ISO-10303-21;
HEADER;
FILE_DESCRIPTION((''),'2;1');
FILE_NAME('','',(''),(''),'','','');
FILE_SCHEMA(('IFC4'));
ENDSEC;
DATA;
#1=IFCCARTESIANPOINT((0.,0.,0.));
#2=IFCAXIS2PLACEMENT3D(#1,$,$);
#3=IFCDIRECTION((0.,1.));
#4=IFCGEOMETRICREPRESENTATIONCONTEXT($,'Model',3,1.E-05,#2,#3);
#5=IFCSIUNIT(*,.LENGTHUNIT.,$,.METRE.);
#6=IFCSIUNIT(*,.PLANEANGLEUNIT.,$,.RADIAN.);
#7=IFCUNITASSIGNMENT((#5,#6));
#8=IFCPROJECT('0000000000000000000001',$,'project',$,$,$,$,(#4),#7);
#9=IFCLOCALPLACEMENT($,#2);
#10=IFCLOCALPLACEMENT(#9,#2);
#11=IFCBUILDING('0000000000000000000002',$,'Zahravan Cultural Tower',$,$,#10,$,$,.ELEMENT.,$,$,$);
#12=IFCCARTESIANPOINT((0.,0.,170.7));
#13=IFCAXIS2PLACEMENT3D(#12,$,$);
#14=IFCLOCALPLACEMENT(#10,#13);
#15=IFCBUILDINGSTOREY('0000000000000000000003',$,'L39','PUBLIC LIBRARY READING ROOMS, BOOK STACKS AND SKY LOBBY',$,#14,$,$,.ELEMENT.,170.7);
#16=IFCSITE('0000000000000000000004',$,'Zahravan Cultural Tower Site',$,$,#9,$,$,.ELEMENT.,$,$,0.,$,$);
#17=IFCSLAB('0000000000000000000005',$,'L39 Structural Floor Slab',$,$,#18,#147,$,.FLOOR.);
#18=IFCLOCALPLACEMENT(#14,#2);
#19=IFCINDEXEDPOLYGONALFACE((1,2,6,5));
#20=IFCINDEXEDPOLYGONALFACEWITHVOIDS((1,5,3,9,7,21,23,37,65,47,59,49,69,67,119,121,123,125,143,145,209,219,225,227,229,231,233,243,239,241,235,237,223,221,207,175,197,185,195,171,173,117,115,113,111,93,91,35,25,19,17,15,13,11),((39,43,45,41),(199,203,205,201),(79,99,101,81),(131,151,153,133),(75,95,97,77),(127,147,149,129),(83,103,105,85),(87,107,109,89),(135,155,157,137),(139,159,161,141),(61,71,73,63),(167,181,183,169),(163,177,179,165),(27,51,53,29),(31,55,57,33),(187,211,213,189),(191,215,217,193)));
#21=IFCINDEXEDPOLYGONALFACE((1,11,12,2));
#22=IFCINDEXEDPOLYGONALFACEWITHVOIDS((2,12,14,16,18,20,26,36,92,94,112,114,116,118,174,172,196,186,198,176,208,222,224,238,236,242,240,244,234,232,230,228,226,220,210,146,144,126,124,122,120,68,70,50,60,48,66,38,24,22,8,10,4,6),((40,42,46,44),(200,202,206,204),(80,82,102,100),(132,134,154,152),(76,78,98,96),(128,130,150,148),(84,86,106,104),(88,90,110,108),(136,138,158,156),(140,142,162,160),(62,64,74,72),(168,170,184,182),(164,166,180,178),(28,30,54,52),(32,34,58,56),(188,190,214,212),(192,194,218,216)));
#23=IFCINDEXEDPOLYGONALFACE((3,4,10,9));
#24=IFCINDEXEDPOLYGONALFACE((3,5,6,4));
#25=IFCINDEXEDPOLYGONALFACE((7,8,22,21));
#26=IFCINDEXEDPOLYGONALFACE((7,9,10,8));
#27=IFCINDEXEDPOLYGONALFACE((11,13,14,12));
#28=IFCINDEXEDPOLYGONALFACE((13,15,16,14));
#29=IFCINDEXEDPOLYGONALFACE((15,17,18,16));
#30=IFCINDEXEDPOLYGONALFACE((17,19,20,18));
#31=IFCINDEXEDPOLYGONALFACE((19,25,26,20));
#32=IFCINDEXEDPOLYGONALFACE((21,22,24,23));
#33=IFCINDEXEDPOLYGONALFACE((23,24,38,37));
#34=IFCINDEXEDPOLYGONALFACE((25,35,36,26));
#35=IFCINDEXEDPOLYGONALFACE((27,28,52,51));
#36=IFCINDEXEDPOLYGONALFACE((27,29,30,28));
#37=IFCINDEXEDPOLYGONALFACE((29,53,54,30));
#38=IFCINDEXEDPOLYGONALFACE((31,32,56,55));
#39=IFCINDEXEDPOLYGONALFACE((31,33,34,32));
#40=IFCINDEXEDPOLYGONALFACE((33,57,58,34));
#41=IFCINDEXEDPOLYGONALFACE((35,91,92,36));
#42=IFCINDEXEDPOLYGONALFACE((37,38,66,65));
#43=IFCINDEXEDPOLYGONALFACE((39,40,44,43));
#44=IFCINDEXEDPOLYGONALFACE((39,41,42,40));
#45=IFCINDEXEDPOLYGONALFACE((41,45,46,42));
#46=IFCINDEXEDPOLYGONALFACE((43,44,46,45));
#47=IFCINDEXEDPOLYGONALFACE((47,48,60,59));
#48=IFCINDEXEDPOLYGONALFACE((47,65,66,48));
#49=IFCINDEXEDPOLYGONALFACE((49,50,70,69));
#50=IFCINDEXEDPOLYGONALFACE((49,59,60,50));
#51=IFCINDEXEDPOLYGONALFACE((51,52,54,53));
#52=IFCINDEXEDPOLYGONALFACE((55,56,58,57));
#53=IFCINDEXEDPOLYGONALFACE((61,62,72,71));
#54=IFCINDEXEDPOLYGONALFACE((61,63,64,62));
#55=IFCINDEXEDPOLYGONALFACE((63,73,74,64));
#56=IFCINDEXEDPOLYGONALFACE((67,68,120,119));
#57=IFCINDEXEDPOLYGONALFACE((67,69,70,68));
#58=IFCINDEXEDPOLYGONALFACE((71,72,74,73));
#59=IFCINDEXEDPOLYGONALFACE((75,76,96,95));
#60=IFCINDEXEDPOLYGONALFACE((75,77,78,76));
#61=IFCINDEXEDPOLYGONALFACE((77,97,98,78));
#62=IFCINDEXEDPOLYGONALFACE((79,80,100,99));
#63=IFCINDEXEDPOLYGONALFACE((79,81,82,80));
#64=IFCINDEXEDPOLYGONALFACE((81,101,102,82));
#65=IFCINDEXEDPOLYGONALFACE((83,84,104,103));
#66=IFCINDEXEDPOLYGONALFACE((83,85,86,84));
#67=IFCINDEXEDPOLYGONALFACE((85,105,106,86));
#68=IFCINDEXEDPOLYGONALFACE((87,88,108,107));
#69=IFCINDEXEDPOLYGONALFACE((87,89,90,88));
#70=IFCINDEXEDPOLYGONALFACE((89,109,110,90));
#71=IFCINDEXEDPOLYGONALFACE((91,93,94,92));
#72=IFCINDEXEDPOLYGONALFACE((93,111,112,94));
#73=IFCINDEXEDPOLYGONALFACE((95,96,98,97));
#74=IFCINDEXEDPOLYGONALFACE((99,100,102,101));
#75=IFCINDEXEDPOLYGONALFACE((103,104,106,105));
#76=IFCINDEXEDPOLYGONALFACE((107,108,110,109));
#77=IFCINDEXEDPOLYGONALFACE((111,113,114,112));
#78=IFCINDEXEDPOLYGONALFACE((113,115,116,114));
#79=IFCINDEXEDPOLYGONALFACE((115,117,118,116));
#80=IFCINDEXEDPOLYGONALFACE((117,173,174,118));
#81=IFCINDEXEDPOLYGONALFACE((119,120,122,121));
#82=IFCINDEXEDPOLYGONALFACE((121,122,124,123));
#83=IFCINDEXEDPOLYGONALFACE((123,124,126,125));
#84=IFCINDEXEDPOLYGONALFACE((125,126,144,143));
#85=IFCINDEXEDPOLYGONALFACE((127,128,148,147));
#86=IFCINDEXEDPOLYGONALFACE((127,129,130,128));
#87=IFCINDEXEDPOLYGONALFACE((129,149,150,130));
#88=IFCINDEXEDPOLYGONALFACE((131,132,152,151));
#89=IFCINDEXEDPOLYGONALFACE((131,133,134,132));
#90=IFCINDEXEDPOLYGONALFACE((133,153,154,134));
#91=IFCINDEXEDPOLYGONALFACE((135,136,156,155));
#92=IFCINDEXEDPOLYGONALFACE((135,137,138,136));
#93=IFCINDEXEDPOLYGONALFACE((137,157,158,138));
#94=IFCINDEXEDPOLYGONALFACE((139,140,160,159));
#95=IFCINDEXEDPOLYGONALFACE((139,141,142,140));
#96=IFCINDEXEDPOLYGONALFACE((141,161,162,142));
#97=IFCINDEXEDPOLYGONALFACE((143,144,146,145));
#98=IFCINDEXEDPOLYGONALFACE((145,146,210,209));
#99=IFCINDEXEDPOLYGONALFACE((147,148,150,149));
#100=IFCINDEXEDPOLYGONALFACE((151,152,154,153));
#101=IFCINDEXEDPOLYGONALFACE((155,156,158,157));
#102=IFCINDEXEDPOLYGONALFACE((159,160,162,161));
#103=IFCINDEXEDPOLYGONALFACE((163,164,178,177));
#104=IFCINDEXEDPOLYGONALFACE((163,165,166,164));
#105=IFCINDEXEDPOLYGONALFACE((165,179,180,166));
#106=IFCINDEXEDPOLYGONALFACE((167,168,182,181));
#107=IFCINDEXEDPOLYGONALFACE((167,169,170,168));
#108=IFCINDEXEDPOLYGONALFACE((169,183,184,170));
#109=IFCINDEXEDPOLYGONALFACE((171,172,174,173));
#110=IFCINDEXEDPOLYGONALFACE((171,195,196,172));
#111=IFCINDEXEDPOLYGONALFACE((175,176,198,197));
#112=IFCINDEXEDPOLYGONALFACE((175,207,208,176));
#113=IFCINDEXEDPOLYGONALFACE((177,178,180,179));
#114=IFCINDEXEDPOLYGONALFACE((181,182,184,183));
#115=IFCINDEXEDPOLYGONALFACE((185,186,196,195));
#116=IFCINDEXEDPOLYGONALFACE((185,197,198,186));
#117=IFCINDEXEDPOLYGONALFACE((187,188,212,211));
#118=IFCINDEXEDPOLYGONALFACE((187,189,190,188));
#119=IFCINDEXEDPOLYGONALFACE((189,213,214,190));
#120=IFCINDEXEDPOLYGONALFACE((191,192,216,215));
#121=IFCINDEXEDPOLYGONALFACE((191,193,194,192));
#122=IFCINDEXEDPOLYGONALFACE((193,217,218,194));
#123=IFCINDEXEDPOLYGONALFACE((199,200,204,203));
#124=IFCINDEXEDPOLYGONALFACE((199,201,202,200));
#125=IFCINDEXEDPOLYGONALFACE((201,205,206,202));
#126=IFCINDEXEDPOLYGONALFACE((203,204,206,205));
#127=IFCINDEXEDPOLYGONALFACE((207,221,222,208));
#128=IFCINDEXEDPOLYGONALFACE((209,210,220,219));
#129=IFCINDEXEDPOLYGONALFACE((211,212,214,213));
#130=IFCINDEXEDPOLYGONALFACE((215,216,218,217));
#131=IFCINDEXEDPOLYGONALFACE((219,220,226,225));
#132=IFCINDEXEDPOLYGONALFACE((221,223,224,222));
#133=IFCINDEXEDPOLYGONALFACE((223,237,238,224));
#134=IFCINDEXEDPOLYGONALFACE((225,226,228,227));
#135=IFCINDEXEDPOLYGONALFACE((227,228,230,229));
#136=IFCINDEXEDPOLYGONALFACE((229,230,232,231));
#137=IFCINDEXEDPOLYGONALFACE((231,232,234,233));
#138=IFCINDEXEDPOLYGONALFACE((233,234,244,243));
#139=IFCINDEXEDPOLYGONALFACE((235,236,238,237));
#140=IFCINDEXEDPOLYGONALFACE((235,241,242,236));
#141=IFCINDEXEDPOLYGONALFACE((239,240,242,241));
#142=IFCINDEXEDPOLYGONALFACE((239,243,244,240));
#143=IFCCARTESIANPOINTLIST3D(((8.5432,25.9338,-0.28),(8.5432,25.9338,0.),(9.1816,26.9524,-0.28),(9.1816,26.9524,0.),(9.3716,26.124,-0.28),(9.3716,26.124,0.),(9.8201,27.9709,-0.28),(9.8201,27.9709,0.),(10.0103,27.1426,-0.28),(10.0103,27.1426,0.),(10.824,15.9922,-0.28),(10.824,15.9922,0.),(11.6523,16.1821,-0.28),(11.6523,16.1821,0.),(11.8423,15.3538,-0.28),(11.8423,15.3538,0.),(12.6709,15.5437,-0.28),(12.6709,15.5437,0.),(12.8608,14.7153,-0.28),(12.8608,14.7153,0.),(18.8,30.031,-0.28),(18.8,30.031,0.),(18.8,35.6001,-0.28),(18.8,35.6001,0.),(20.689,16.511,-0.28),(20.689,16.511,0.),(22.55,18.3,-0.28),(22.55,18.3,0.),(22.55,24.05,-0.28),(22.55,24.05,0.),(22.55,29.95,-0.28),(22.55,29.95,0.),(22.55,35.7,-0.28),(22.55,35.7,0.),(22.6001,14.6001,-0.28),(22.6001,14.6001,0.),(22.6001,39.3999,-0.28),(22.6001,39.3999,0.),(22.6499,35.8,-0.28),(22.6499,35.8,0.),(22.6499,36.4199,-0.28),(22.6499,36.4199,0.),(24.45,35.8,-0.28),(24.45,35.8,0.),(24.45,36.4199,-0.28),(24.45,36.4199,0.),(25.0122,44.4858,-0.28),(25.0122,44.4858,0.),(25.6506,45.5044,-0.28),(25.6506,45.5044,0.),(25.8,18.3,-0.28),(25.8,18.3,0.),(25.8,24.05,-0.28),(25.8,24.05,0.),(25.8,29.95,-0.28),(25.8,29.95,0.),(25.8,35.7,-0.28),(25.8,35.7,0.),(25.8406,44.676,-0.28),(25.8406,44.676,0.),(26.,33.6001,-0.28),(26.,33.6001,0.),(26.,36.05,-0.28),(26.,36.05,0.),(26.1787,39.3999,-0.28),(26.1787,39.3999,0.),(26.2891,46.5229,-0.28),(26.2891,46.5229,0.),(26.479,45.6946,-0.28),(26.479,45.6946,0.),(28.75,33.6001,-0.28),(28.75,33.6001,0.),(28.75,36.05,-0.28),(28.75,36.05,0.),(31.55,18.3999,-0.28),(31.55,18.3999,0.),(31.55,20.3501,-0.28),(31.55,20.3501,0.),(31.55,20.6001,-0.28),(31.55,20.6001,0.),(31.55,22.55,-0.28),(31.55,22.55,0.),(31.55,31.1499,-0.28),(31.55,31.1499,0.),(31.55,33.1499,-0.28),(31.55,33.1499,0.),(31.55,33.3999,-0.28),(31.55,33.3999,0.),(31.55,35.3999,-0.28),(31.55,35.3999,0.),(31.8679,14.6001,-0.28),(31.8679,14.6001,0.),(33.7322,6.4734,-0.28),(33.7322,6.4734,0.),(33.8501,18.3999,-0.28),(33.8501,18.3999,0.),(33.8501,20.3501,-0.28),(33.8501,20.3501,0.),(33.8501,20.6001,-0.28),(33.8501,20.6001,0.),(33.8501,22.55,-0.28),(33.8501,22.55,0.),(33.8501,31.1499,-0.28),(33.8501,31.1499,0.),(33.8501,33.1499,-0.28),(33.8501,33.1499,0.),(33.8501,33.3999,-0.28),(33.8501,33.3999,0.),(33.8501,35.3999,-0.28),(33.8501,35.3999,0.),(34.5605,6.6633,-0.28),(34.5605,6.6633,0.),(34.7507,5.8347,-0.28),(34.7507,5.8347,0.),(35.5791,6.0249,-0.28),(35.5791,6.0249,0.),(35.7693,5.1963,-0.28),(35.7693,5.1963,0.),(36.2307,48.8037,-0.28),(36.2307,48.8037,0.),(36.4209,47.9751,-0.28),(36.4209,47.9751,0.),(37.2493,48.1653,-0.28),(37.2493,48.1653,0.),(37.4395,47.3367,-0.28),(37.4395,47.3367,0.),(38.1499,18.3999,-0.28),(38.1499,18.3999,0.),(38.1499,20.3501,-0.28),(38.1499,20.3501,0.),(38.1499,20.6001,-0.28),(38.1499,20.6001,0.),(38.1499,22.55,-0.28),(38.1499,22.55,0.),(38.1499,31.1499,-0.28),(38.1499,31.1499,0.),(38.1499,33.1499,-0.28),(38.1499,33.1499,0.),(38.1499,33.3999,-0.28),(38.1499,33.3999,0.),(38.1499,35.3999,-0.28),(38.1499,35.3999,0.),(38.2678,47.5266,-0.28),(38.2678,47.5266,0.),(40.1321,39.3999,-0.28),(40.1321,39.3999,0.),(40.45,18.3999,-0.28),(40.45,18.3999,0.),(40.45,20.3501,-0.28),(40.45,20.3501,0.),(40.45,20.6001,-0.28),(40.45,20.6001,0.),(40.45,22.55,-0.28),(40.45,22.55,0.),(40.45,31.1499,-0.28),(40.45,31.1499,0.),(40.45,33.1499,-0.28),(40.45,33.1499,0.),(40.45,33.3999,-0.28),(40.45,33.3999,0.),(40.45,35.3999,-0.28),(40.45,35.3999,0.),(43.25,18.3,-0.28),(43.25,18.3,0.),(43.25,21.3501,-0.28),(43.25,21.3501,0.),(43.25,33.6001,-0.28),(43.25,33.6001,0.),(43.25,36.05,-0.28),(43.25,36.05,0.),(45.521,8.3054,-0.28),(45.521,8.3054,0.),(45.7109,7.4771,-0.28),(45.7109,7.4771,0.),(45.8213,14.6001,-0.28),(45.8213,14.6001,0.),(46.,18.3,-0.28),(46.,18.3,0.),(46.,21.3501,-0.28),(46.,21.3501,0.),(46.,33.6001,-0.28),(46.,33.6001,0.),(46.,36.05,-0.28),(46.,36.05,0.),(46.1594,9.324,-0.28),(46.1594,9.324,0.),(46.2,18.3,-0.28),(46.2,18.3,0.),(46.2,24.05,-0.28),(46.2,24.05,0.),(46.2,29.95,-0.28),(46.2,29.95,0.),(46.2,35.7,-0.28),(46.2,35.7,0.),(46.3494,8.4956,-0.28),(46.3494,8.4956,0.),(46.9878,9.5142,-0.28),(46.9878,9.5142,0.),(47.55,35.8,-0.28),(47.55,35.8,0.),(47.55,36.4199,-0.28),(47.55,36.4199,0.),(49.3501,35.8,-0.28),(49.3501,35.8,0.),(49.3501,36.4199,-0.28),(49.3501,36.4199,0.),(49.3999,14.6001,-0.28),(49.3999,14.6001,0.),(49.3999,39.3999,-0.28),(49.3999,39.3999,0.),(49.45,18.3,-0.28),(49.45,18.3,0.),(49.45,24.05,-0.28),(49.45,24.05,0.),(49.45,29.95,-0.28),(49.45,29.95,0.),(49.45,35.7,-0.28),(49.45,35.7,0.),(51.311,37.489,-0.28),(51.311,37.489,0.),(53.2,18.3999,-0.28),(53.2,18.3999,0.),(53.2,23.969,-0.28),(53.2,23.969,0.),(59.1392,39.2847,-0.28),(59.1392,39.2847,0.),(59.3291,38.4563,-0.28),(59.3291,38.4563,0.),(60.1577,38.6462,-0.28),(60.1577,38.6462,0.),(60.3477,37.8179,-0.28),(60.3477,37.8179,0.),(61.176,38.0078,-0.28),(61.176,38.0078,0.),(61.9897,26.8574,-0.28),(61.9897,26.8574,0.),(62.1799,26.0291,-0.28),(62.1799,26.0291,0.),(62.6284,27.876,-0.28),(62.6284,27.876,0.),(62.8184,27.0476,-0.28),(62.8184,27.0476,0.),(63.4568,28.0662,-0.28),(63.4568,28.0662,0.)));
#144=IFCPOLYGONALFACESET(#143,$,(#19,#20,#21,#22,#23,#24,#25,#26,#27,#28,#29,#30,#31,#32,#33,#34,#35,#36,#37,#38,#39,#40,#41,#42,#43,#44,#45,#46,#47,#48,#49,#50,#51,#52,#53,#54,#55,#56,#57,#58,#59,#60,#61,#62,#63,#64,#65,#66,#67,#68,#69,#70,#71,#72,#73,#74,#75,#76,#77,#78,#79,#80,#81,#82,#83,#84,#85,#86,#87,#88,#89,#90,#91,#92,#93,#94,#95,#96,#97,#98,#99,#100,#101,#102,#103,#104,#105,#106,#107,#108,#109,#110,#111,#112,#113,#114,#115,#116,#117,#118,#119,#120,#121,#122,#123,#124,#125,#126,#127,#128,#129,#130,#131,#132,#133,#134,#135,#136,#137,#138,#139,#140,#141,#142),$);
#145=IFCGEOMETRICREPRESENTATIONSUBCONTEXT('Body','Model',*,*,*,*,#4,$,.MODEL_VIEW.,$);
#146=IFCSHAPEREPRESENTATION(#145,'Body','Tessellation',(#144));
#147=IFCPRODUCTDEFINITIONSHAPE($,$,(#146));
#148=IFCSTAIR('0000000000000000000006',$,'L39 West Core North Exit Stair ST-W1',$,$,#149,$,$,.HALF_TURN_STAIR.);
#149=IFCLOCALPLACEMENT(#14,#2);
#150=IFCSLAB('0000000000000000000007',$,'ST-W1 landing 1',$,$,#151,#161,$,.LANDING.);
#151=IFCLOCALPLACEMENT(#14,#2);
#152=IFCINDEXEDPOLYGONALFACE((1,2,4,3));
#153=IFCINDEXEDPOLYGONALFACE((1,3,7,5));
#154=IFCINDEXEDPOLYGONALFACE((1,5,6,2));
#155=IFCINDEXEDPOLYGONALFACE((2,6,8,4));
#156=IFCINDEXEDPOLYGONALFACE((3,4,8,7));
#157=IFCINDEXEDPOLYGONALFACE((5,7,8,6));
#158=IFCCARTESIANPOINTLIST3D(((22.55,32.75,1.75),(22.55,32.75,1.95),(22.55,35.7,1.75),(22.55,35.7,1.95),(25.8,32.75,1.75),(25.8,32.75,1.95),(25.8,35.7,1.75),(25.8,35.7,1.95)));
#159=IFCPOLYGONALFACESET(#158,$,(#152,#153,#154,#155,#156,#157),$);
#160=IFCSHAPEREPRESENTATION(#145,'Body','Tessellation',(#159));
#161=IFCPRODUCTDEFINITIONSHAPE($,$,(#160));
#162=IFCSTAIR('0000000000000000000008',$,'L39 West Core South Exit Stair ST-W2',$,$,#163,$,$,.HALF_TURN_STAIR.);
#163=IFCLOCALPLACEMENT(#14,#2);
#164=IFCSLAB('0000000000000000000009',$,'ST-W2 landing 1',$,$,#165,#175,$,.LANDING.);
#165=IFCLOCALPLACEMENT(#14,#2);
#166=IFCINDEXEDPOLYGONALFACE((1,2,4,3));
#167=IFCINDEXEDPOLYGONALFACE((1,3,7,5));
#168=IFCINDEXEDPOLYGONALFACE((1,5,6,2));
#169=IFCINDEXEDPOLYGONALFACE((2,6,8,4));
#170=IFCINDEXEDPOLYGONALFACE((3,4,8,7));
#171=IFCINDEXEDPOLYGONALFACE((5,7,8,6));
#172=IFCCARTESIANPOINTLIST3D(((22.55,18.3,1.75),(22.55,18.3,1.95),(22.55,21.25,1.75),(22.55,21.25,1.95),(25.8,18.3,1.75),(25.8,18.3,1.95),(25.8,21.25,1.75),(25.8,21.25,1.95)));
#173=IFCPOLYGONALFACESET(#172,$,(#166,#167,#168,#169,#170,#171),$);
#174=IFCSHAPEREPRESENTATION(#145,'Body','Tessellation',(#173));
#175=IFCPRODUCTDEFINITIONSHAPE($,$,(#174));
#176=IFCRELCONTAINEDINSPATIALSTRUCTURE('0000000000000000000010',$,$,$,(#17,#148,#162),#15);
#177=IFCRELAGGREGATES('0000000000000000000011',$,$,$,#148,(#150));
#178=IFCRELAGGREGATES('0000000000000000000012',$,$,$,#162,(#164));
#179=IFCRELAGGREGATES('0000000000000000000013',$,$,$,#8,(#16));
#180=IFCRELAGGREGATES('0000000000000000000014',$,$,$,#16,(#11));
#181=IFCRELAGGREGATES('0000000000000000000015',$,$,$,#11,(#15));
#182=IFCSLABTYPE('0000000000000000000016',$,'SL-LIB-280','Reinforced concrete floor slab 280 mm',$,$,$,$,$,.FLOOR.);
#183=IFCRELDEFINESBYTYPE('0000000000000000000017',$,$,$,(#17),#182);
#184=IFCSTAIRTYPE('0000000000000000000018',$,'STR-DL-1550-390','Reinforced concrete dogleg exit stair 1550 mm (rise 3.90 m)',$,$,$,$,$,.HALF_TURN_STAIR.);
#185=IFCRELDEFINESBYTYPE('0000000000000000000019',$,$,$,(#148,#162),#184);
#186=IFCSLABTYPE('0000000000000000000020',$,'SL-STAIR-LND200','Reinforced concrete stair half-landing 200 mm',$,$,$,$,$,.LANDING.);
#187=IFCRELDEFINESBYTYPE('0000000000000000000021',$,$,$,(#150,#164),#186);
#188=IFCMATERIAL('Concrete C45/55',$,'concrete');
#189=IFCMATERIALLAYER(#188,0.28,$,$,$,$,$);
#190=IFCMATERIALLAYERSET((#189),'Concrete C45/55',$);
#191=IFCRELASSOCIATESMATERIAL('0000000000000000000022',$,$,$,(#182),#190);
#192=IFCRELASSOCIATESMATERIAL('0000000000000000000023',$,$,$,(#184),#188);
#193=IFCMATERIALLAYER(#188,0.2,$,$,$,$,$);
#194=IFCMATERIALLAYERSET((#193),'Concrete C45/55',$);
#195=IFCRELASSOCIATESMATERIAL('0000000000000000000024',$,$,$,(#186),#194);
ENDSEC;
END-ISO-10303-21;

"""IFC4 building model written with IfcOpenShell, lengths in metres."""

from ifc_helpers import new_model, si_unit, direction, frame, origin, place, context, subcontext, project, spatial, polyline, outline, extrude, material, layer, layer_set, type_object, element, aggregate, save


model = new_model("IFC4")

# Units and contexts
model_context = context("Model", 3, precision=1e-05, world=origin(), true_north=direction((0.0, 1.0)))
body_context = subcontext(model_context, "Body", "Model", "MODEL_VIEW")
ifc_project = project(units=[si_unit("LENGTHUNIT", "METRE"), si_unit("PLANEANGLEUNIT", "RADIAN")], contexts=[model_context])

# Site, building, storey
site_placement = place(None, origin())
site = spatial("IfcSite", under=ifc_project, at=site_placement, Name="Zahravan Cultural Tower Site", CompositionType="ELEMENT", RefElevation=0.0)
building_placement = place(site_placement, origin())
building = spatial("IfcBuilding", under=site, at=building_placement, Name="Zahravan Cultural Tower", CompositionType="ELEMENT")
storey_placement = place(building_placement, frame((0.0, 0.0, 170.7)))
storey = spatial("IfcBuildingStorey", under=building, at=storey_placement, Name="L39", Description="PUBLIC LIBRARY READING ROOMS, BOOK STACKS AND SKY LOBBY", CompositionType="ELEMENT", Elevation=170.7)

# Slab
ifc_material_1 = material(Name="Concrete C45/55", Category="concrete")
ifc_layer_1 = layer(ifc_material_1, 0.28)
ifc_layer_set_1 = layer_set([ifc_layer_1], Name="Concrete C45/55")
slab_type_1 = type_object("IfcSlabType", Name="SL-LIB-280", Description="Reinforced concrete floor slab 280 mm", PredefinedType="FLOOR", material=ifc_layer_set_1)
slab_1_placement = place(storey_placement, frame((0.0, 0.0, -0.28)))
element("IfcSlab", 1, at=slab_1_placement, inside=storey, type_object=slab_type_1, Name="L39 Structural Floor Slab", PredefinedType="FLOOR", context=body_context, shape_type="SweptSolid", body=[
    extrude(outline(polyline([(51.311, 37.489), (49.3999, 39.3999), (40.1321, 39.3999), (38.2678, 47.5266), (37.4395, 47.3367), (37.2493, 48.1653), (36.4209, 47.9751), (36.2307, 48.8037), (26.2891, 46.5229), (26.479, 45.6946), (25.6506, 45.5044), (25.8406, 44.676), (25.0122, 44.4858), (26.1787, 39.3999), (22.6001, 39.3999), (18.8, 35.6001), (18.8, 30.031), (9.8201, 27.9709), (10.0103, 27.1426), (9.1816, 26.9524), (9.3716, 26.124), (8.5432, 25.9338), (10.824, 15.9922), (11.6523, 16.1821), (11.8423, 15.3538), (12.6709, 15.5437), (12.8608, 14.7153), (20.689, 16.511), (22.6001, 14.6001), (31.8679, 14.6001), (33.7322, 6.4734), (34.5605, 6.6633), (34.7507, 5.8347), (35.5791, 6.0249), (35.7693, 5.1963), (45.7109, 7.4771), (45.521, 8.3054), (46.3494, 8.4956), (46.1594, 9.324), (46.9878, 9.5142), (45.8213, 14.6001), (49.3999, 14.6001), (53.2, 18.3999), (53.2, 23.969), (62.1799, 26.0291), (61.9897, 26.8574), (62.8184, 27.0476), (62.6284, 27.876), (63.4568, 28.0662), (61.176, 38.0078), (60.3477, 37.8179), (60.1577, 38.6462), (59.3291, 38.4563), (59.1392, 39.2847), (51.311, 37.489)]), holes=[polyline([(22.55, 29.95), (22.55, 35.7), (25.8, 35.7), (25.8, 29.95), (22.55, 29.95)]), polyline([(22.55, 18.3), (22.55, 24.05), (25.8, 24.05), (25.8, 18.3), (22.55, 18.3)]), polyline([(46.2, 29.95), (46.2, 35.7), (49.45, 35.7), (49.45, 29.95), (46.2, 29.95)]), polyline([(46.2, 18.3), (46.2, 24.05), (49.45, 24.05), (49.45, 18.3), (46.2, 18.3)]), polyline([(26.0, 33.6001), (26.0, 36.05), (28.75, 36.05), (28.75, 33.6001), (26.0, 33.6001)]), polyline([(43.25, 33.6001), (43.25, 36.05), (46.0, 36.05), (46.0, 33.6001), (43.25, 33.6001)]), polyline([(43.25, 18.3), (43.25, 21.3501), (46.0, 21.3501), (46.0, 18.3), (43.25, 18.3)]), polyline([(31.55, 33.3999), (31.55, 35.3999), (33.8501, 35.3999), (33.8501, 33.3999), (31.55, 33.3999)]), polyline([(31.55, 31.1499), (31.55, 33.1499), (33.8501, 33.1499), (33.8501, 31.1499), (31.55, 31.1499)]), polyline([(38.1499, 33.3999), (38.1499, 35.3999), (40.45, 35.3999), (40.45, 33.3999), (38.1499, 33.3999)]), polyline([(38.1499, 31.1499), (38.1499, 33.1499), (40.45, 33.1499), (40.45, 31.1499), (38.1499, 31.1499)]), polyline([(31.55, 20.6001), (31.55, 22.55), (33.8501, 22.55), (33.8501, 20.6001), (31.55, 20.6001)]), polyline([(31.55, 18.3999), (31.55, 20.3501), (33.8501, 20.3501), (33.8501, 18.3999), (31.55, 18.3999)]), polyline([(38.1499, 20.6001), (38.1499, 22.55), (40.45, 22.55), (40.45, 20.6001), (38.1499, 20.6001)]), polyline([(38.1499, 18.3999), (38.1499, 20.3501), (40.45, 20.3501), (40.45, 18.3999), (38.1499, 18.3999)]), polyline([(22.6499, 35.8), (22.6499, 36.4199), (24.45, 36.4199), (24.45, 35.8), (22.6499, 35.8)]), polyline([(47.55, 35.8), (47.55, 36.4199), (49.3501, 36.4199), (49.3501, 35.8), (47.55, 35.8)])]), origin(), (0.0, 0.0, 1.0), 0.28),
])

# Stairs, slabs
stair_type = type_object("IfcStairType", Name="STR-DL-1550-390", Description="Reinforced concrete dogleg exit stair 1550 mm (rise 3.90 m)", PredefinedType="HALF_TURN_STAIR", material=ifc_material_1)
stair_1_placement = place(storey_placement, origin())
stair_1 = element("IfcStair", 2, at=stair_1_placement, inside=storey, type_object=stair_type, Name="L39 West Core North Exit Stair ST-W1", PredefinedType="HALF_TURN_STAIR")
ifc_layer_2 = layer(ifc_material_1, 0.2)
ifc_layer_set_2 = layer_set([ifc_layer_2], Name="Concrete C45/55")
slab_type_2 = type_object("IfcSlabType", Name="SL-STAIR-LND200", Description="Reinforced concrete stair half-landing 200 mm", PredefinedType="LANDING", material=ifc_layer_set_2)
slab_2_placement = place(storey_placement, frame((0.0, 0.0, 1.75)))
slab_2 = element("IfcSlab", 3, at=slab_2_placement, type_object=slab_type_2, Name="ST-W1 landing 1", PredefinedType="LANDING", context=body_context, shape_type="SweptSolid", body=[
    extrude(outline(polyline([(25.8, 32.75), (25.8, 35.7), (22.55, 35.7), (22.55, 32.75), (25.8, 32.75)])), origin(), (0.0, 0.0, 1.0), 0.2),
])
aggregate(stair_1, [slab_2])
stair_2_placement = place(storey_placement, origin())
stair_2 = element("IfcStair", 4, at=stair_2_placement, inside=storey, type_object=stair_type, Name="L39 West Core South Exit Stair ST-W2", PredefinedType="HALF_TURN_STAIR")
slab_3_placement = place(storey_placement, frame((0.0, 0.0, 1.75)))
slab_3 = element("IfcSlab", 5, at=slab_3_placement, type_object=slab_type_2, Name="ST-W2 landing 1", PredefinedType="LANDING", context=body_context, shape_type="SweptSolid", body=[
    extrude(outline(polyline([(22.55, 21.25), (22.55, 18.3), (25.8, 18.3), (25.8, 21.25), (22.55, 21.25)])), origin(), (0.0, 0.0, 1.0), 0.2),
])
aggregate(stair_2, [slab_3])

save(model, "model.ifc")
